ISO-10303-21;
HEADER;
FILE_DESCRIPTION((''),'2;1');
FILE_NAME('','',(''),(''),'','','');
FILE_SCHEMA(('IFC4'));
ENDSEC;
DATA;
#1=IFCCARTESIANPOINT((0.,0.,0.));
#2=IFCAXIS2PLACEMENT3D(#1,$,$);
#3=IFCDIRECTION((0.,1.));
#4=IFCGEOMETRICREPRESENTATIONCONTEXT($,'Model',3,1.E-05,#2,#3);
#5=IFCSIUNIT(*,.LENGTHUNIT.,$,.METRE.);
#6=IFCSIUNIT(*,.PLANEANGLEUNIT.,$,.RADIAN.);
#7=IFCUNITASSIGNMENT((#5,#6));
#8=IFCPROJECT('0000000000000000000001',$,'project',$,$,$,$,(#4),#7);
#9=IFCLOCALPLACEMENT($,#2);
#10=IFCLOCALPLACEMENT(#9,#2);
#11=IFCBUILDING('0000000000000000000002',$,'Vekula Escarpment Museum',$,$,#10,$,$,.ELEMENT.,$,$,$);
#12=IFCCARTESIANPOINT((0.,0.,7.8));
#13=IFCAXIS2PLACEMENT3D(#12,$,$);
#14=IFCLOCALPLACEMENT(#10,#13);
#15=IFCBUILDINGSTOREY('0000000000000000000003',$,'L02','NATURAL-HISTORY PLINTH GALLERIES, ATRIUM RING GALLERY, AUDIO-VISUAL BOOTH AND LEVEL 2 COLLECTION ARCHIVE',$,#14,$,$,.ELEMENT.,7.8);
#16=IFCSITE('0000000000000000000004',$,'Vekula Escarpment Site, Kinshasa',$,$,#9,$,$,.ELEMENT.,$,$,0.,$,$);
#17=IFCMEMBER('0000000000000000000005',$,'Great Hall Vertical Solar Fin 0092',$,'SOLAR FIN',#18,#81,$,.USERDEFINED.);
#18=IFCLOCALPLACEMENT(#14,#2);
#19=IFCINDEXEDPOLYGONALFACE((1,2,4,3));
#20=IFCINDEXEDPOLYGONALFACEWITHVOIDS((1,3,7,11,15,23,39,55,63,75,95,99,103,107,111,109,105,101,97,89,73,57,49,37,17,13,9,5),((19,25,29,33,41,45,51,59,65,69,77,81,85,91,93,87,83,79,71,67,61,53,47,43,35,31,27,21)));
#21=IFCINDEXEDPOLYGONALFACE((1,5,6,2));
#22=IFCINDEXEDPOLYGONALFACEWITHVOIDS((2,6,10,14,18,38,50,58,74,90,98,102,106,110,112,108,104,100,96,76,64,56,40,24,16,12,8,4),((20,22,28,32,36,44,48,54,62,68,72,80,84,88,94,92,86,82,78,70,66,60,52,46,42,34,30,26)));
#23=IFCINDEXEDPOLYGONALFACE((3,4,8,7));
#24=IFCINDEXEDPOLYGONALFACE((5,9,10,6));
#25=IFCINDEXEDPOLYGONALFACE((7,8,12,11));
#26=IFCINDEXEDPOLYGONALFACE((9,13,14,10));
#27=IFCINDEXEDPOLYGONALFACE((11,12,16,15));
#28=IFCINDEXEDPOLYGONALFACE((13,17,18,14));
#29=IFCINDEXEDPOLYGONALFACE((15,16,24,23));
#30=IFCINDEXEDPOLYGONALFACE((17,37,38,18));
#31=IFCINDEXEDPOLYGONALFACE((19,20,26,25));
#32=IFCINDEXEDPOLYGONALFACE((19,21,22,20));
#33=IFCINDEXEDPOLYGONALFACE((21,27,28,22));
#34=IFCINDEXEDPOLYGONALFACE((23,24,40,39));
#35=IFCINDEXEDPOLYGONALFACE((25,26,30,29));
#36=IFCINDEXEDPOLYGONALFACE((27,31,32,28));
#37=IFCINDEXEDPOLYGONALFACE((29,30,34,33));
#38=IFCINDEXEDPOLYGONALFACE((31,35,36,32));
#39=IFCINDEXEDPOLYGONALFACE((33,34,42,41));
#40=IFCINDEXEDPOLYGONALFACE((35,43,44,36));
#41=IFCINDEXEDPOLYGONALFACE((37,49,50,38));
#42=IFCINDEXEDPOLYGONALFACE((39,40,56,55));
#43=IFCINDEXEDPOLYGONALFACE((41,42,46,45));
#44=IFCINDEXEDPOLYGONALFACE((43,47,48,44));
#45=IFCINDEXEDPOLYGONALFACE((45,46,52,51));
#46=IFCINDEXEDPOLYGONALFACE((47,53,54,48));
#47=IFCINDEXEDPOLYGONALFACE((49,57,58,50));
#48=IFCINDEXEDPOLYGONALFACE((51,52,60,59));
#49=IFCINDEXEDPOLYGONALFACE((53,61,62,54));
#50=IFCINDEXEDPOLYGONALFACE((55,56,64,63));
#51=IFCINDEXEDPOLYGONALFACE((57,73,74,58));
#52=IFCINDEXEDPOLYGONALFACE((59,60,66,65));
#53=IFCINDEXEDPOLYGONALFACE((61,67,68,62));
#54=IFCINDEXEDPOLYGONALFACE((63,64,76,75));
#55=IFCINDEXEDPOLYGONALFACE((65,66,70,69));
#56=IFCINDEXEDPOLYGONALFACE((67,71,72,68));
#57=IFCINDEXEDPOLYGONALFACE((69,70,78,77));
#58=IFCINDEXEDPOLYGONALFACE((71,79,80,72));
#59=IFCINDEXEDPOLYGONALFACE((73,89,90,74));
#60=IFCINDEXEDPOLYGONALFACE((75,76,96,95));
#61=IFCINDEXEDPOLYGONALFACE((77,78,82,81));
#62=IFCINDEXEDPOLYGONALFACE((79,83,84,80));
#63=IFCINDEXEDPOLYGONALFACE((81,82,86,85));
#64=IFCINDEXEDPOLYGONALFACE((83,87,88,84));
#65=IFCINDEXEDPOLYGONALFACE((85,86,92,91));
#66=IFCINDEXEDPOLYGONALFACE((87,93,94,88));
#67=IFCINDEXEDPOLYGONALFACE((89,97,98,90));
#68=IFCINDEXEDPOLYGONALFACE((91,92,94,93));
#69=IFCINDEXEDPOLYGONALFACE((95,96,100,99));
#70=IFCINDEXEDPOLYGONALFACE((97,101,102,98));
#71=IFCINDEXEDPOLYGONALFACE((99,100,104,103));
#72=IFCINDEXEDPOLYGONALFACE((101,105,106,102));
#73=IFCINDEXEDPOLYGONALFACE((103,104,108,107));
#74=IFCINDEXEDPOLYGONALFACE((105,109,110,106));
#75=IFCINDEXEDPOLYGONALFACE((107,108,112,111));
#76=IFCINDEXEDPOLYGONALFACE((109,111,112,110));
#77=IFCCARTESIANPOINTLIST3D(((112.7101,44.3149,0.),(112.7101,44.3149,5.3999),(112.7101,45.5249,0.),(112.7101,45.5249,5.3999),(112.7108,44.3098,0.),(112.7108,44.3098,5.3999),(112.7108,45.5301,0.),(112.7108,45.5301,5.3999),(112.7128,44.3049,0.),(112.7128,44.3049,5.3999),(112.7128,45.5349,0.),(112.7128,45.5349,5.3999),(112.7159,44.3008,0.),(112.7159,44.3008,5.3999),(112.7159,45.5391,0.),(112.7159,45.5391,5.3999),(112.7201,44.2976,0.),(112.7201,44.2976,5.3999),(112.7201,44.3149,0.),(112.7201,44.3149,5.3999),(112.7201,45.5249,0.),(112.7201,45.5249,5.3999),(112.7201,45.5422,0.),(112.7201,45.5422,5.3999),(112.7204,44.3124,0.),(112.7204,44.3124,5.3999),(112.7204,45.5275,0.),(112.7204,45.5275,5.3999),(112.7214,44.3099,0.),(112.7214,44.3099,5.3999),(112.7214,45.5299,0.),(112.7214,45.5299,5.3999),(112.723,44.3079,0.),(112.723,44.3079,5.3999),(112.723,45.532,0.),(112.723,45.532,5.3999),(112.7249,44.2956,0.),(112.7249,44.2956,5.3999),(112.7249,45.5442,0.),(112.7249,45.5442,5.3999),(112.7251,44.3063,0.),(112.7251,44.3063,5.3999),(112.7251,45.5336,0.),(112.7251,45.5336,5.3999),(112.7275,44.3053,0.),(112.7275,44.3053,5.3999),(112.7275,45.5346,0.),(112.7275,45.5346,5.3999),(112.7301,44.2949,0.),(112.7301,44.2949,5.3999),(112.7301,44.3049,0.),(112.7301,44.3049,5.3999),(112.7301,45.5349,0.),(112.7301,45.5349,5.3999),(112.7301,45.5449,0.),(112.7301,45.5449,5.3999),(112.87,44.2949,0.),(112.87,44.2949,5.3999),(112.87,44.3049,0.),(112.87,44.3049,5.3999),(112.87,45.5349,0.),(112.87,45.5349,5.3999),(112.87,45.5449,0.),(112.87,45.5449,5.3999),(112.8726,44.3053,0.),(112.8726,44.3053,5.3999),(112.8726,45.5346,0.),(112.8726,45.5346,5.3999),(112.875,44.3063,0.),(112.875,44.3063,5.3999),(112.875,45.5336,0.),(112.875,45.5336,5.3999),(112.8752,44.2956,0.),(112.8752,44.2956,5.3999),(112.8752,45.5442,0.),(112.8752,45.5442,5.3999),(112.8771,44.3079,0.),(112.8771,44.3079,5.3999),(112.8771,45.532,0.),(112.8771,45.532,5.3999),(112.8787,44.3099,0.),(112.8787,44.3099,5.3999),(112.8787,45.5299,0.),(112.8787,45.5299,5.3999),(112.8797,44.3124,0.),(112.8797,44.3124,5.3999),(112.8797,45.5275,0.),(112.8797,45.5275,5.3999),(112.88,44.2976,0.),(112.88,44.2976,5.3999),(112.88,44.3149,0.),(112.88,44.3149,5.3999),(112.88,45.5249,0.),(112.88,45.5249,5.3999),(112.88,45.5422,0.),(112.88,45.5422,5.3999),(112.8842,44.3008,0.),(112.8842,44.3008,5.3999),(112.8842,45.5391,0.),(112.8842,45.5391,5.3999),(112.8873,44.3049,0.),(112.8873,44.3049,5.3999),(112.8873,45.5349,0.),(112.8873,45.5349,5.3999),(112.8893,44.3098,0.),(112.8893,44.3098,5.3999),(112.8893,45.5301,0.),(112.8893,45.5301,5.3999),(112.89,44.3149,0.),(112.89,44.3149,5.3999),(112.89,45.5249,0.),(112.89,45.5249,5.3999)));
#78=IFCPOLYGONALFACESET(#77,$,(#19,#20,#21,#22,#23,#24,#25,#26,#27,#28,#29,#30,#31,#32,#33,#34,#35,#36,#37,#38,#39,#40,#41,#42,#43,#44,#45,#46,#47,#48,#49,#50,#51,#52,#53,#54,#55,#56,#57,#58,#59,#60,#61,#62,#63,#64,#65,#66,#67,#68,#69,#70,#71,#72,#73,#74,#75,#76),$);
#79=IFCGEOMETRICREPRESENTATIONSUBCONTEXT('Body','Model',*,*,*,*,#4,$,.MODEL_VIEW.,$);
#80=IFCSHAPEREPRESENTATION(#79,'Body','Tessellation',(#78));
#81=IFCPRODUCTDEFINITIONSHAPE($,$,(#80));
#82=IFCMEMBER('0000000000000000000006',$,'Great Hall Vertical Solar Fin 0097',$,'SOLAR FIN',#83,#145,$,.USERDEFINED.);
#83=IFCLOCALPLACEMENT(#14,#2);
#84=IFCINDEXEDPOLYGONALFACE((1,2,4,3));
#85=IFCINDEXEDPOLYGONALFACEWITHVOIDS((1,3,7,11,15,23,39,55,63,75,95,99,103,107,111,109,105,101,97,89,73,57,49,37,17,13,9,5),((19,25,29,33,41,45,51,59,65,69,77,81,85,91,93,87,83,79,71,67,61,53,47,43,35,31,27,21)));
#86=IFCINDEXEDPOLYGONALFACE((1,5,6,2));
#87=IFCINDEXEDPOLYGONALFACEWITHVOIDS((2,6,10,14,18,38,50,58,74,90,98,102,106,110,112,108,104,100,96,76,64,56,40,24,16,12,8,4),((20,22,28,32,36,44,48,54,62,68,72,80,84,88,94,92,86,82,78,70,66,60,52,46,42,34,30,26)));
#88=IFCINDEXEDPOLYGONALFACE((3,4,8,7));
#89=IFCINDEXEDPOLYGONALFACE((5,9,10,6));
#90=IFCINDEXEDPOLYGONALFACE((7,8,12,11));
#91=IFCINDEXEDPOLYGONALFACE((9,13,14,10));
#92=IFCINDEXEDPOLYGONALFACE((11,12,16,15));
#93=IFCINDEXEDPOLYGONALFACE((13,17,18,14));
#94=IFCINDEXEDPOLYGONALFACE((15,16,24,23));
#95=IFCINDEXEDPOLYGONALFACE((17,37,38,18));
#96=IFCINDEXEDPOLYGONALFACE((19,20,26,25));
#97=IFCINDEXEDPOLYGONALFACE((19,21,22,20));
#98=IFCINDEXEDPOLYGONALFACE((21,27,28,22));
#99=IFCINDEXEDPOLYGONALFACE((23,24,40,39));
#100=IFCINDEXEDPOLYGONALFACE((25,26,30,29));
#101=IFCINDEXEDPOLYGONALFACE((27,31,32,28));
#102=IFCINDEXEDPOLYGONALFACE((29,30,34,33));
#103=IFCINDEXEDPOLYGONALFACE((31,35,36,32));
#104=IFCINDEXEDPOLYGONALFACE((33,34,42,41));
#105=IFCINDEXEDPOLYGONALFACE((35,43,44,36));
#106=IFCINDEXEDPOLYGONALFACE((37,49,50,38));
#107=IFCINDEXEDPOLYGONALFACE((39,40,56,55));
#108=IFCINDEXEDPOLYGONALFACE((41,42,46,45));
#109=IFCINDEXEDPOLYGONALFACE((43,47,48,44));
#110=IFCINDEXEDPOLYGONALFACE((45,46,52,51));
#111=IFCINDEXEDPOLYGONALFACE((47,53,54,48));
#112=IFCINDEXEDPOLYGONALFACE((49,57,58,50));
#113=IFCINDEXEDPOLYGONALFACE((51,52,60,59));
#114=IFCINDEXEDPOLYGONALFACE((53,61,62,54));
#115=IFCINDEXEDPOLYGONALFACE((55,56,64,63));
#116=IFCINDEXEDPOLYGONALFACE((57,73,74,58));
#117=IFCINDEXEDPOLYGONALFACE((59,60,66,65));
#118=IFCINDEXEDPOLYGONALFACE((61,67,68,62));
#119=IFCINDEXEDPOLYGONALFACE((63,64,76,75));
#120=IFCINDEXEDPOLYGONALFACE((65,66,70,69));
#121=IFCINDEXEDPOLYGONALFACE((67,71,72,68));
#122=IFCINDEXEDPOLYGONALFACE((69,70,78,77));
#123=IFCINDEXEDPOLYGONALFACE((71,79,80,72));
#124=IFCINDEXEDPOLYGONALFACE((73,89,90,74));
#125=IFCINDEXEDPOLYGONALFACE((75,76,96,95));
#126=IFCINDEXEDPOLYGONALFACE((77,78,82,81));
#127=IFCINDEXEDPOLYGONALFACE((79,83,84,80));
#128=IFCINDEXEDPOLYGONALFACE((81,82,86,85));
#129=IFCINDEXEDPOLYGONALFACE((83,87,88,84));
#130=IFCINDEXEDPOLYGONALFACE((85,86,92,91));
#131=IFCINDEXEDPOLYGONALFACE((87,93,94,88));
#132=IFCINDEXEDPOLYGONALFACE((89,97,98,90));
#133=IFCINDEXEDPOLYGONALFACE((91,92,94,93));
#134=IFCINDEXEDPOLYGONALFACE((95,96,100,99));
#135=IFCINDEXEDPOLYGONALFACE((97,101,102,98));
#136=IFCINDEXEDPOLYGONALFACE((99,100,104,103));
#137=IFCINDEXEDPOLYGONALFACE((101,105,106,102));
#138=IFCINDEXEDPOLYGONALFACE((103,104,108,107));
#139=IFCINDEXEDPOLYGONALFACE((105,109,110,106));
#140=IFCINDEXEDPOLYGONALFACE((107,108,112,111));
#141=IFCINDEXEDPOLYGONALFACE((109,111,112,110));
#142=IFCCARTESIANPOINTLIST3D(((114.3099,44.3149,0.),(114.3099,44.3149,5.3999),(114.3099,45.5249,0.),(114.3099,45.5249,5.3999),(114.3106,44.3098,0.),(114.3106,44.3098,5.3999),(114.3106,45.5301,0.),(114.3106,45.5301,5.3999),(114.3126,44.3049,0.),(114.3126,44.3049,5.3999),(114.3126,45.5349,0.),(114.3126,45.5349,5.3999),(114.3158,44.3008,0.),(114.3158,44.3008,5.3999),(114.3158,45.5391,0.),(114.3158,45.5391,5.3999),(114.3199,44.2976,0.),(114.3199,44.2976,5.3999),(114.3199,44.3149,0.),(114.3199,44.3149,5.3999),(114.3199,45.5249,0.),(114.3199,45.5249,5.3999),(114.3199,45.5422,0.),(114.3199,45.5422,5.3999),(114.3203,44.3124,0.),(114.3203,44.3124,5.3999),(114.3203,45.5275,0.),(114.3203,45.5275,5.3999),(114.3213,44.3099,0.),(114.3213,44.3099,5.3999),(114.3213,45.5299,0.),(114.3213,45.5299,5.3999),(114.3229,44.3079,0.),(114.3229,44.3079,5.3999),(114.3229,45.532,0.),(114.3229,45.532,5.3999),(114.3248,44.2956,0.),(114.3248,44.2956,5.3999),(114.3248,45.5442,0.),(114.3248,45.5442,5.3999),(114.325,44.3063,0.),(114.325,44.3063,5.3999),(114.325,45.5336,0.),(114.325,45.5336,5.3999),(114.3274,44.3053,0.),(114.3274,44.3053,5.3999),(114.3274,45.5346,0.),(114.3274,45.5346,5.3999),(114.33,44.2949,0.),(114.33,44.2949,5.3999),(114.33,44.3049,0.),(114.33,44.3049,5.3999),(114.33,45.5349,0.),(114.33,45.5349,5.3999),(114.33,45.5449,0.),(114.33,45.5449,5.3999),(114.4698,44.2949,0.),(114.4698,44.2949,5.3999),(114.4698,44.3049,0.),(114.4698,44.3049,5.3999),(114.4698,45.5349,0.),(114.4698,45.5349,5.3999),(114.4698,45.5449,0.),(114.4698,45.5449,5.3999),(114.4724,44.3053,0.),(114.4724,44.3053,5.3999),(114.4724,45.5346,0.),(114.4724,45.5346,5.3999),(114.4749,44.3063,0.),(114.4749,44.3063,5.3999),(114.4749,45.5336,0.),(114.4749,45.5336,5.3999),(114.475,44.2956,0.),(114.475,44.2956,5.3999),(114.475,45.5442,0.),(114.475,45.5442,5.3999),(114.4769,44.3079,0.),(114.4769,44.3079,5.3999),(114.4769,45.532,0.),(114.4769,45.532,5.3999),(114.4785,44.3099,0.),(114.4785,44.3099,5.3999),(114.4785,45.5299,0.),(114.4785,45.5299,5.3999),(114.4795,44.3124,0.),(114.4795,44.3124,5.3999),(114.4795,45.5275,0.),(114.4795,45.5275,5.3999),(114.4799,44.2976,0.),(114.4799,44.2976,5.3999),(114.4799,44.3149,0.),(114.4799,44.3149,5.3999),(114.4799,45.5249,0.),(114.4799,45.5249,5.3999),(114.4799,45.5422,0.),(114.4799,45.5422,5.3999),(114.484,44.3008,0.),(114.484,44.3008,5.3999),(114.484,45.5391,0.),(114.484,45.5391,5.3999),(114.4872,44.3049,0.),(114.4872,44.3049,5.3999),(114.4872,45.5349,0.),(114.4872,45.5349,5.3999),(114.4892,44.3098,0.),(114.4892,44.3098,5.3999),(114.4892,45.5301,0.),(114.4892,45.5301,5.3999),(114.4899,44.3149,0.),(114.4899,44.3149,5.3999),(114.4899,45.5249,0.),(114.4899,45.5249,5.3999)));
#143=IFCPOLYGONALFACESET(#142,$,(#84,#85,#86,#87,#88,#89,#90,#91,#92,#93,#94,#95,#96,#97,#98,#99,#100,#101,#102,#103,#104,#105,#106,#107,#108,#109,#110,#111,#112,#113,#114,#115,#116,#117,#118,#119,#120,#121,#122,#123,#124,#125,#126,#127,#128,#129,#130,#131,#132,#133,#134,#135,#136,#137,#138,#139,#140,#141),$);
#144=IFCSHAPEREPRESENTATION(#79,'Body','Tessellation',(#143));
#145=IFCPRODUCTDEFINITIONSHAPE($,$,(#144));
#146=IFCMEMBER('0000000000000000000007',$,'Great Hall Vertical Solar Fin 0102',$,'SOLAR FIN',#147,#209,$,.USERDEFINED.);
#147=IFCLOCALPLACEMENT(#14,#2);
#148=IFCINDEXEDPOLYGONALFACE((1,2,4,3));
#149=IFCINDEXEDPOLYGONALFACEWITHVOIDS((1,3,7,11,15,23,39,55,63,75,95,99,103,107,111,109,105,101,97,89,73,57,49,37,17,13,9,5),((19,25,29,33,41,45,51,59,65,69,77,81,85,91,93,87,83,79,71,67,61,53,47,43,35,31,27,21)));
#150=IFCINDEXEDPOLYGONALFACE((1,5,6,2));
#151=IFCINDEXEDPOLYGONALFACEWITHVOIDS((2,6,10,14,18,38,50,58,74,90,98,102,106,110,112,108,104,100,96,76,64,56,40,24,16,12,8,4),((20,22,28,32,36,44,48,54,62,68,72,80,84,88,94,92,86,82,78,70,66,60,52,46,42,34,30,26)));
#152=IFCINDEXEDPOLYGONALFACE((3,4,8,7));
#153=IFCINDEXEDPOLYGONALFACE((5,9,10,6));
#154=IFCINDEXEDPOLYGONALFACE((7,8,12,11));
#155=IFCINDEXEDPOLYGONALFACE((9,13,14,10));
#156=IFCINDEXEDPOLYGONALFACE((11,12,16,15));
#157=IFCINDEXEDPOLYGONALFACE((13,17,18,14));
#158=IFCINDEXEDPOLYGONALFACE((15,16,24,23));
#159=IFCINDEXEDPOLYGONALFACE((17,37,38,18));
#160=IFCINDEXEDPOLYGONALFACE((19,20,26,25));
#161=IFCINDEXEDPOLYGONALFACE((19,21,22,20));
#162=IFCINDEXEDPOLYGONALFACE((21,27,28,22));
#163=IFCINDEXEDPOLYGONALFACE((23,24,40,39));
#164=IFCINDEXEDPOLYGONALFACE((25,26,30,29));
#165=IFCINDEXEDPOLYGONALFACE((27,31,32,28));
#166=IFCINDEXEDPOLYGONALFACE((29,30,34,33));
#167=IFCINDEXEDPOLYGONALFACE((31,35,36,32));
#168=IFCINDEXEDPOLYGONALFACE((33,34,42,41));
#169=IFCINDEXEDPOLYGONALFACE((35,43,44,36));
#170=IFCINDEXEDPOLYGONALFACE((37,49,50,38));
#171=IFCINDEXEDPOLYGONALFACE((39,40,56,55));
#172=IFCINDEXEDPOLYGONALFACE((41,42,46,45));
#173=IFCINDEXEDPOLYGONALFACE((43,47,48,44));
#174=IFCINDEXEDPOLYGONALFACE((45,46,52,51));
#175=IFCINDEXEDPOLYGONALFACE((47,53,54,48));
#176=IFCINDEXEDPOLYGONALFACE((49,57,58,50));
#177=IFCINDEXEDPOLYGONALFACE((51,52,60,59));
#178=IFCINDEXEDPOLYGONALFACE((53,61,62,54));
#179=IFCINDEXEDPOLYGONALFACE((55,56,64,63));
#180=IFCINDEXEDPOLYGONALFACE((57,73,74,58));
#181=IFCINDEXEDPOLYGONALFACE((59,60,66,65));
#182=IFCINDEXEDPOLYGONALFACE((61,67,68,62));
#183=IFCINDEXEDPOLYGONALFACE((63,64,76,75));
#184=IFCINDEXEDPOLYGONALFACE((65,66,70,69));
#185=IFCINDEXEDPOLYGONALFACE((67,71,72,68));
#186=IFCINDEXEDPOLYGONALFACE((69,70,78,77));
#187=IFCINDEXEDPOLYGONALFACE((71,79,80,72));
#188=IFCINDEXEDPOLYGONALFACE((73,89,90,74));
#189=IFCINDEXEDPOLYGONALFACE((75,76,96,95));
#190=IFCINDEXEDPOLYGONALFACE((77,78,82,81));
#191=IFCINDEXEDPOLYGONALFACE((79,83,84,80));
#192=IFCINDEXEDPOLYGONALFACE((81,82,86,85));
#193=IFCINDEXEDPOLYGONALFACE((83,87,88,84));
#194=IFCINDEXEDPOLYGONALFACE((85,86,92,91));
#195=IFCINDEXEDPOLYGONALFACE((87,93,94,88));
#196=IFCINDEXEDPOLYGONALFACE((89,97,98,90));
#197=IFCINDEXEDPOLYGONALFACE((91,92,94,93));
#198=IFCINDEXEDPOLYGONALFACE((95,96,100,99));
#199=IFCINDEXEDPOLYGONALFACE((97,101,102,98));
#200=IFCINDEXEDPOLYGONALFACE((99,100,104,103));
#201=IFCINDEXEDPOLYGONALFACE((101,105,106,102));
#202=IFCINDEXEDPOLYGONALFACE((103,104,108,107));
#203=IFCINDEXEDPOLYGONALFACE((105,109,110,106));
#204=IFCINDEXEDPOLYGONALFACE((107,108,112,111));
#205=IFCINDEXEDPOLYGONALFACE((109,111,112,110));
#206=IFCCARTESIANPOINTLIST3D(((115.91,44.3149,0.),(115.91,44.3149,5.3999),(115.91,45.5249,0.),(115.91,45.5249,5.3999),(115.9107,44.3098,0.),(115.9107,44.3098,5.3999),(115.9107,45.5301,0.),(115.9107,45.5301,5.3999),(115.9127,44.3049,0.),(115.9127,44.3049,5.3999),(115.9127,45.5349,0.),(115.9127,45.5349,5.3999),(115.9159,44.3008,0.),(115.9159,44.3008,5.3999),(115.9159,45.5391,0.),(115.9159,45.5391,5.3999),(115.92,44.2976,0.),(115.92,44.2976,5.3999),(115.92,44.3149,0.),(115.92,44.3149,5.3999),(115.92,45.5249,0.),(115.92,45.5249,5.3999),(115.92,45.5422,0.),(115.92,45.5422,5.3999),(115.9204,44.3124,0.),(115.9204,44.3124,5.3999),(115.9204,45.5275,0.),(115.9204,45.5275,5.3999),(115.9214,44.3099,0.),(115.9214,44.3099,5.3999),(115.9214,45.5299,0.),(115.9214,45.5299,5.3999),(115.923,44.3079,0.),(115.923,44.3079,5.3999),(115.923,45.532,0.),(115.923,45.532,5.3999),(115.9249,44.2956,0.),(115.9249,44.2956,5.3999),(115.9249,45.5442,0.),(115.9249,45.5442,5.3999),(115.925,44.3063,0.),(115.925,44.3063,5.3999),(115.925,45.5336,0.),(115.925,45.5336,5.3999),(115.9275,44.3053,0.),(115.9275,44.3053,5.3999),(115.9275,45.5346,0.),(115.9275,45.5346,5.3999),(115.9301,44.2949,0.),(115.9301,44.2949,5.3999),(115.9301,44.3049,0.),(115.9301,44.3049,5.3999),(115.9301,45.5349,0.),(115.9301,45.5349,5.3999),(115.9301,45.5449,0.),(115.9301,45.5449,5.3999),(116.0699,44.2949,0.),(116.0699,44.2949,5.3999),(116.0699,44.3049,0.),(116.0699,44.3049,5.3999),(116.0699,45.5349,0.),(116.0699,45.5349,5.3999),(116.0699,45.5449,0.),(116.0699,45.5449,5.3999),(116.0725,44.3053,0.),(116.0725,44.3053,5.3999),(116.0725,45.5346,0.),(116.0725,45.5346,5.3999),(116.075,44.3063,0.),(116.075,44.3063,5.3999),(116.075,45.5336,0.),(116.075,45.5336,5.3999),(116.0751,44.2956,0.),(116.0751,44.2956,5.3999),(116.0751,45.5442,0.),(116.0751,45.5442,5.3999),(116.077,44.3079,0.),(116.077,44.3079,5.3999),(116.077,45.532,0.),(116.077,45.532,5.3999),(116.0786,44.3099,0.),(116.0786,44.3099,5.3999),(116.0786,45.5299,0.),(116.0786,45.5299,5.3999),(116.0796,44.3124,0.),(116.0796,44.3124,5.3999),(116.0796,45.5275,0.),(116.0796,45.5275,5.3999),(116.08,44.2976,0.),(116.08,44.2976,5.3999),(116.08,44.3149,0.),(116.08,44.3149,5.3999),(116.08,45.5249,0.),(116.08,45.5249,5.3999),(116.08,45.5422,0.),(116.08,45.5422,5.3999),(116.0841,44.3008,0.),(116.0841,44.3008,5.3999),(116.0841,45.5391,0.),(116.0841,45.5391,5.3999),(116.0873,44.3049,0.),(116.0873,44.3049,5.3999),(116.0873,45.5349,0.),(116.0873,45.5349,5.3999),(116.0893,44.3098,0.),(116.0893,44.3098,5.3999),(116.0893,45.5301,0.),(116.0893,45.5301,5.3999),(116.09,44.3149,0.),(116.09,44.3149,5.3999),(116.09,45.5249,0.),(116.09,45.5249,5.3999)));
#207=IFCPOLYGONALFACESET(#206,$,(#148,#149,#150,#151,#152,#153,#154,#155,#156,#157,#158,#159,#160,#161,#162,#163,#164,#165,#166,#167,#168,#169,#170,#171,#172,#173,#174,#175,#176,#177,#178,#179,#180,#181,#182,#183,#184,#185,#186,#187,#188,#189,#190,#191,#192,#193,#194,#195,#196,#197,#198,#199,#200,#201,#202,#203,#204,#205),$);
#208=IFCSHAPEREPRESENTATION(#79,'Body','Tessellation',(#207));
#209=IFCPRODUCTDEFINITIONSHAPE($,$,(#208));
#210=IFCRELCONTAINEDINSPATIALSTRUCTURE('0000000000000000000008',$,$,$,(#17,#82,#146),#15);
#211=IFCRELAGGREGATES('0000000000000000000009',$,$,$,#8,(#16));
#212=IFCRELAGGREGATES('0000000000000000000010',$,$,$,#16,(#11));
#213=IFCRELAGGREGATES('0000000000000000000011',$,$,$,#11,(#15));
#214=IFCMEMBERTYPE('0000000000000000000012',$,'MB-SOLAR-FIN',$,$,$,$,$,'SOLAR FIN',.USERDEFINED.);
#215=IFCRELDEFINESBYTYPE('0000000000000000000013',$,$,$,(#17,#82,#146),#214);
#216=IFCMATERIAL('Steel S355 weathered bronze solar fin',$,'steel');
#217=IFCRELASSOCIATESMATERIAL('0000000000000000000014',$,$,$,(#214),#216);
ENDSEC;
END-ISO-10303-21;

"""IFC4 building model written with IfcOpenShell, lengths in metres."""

from ifc_helpers import new_model, si_unit, direction, frame, origin, origin_2d, place, context, subcontext, project, spatial, hollow_rectangle, extrude, material, material_profile, profile_set, type_object, element, save


model = new_model("IFC4")

# Units and contexts
model_context = context("Model", 3, precision=1e-05, world=origin(), true_north=direction((0.0, 1.0)))
body_context = subcontext(model_context, "Body", "Model", "MODEL_VIEW")
ifc_project = project(units=[si_unit("LENGTHUNIT", "METRE"), si_unit("PLANEANGLEUNIT", "RADIAN")], contexts=[model_context])

# Site, building, storey
site_placement = place(None, origin())
site = spatial("IfcSite", under=ifc_project, at=site_placement, Name="Vekula Escarpment Site, Kinshasa", CompositionType="ELEMENT", RefElevation=0.0)
building_placement = place(site_placement, origin())
building = spatial("IfcBuilding", under=site, at=building_placement, Name="Vekula Escarpment Museum", CompositionType="ELEMENT")
storey_placement = place(building_placement, frame((0.0, 0.0, 7.8)))
storey = spatial("IfcBuildingStorey", under=building, at=storey_placement, Name="L02", Description="NATURAL-HISTORY PLINTH GALLERIES, ATRIUM RING GALLERY, AUDIO-VISUAL BOOTH AND LEVEL 2 COLLECTION ARCHIVE", CompositionType="ELEMENT", Elevation=7.8)

# Members
ifc_material_1 = material(Name="Steel S355 weathered bronze solar fin", Category="steel")
ifc_material_profile_1 = material_profile(ifc_material_1, hollow_rectangle(XDim=0.1799, YDim=1.25, WallThickness=0.01, InnerFilletRadius=0.01, OuterFilletRadius=0.02, at=origin_2d()), Name="RHS 1250x180x10")
ifc_profile_set_1 = profile_set([ifc_material_profile_1], Name="Steel S355 weathered bronze solar fin")
member_type_1 = type_object("IfcMemberType", Name="MB-SOLAR-FIN", ElementType="SOLAR FIN", PredefinedType="USERDEFINED", material=ifc_profile_set_1)
for number, where, z_axis, x_axis, name in (
    (1, (112.8, 44.9199, 0.0), (0.0, 0.0, 1.0), (1.0, 0.0, 0.0), "Great Hall Vertical Solar Fin 0092"),
    (2, (114.3999, 44.9199, 0.0), (0.0, 0.0, 1.0), (1.0, 0.0, 0.0), "Great Hall Vertical Solar Fin 0097"),
    (3, (116.0, 44.9199, 0.0), (0.0, 0.0, 1.0), (1.0, 0.0, 0.0), "Great Hall Vertical Solar Fin 0102"),
):
    element("IfcMember", number, at=place(storey_placement, frame(where, z_axis=z_axis, x_axis=x_axis)), inside=storey, type_object=member_type_1, Name=name, ObjectType="SOLAR FIN", PredefinedType="USERDEFINED", context=body_context, shape_type="SweptSolid", body=[
        extrude(hollow_rectangle(XDim=0.1799, YDim=1.25, WallThickness=0.01, InnerFilletRadius=0.01, OuterFilletRadius=0.02, at=origin_2d()), origin(), (0.0, 0.0, 1.0), 5.3999),
    ])

save(model, "model.ifc")
